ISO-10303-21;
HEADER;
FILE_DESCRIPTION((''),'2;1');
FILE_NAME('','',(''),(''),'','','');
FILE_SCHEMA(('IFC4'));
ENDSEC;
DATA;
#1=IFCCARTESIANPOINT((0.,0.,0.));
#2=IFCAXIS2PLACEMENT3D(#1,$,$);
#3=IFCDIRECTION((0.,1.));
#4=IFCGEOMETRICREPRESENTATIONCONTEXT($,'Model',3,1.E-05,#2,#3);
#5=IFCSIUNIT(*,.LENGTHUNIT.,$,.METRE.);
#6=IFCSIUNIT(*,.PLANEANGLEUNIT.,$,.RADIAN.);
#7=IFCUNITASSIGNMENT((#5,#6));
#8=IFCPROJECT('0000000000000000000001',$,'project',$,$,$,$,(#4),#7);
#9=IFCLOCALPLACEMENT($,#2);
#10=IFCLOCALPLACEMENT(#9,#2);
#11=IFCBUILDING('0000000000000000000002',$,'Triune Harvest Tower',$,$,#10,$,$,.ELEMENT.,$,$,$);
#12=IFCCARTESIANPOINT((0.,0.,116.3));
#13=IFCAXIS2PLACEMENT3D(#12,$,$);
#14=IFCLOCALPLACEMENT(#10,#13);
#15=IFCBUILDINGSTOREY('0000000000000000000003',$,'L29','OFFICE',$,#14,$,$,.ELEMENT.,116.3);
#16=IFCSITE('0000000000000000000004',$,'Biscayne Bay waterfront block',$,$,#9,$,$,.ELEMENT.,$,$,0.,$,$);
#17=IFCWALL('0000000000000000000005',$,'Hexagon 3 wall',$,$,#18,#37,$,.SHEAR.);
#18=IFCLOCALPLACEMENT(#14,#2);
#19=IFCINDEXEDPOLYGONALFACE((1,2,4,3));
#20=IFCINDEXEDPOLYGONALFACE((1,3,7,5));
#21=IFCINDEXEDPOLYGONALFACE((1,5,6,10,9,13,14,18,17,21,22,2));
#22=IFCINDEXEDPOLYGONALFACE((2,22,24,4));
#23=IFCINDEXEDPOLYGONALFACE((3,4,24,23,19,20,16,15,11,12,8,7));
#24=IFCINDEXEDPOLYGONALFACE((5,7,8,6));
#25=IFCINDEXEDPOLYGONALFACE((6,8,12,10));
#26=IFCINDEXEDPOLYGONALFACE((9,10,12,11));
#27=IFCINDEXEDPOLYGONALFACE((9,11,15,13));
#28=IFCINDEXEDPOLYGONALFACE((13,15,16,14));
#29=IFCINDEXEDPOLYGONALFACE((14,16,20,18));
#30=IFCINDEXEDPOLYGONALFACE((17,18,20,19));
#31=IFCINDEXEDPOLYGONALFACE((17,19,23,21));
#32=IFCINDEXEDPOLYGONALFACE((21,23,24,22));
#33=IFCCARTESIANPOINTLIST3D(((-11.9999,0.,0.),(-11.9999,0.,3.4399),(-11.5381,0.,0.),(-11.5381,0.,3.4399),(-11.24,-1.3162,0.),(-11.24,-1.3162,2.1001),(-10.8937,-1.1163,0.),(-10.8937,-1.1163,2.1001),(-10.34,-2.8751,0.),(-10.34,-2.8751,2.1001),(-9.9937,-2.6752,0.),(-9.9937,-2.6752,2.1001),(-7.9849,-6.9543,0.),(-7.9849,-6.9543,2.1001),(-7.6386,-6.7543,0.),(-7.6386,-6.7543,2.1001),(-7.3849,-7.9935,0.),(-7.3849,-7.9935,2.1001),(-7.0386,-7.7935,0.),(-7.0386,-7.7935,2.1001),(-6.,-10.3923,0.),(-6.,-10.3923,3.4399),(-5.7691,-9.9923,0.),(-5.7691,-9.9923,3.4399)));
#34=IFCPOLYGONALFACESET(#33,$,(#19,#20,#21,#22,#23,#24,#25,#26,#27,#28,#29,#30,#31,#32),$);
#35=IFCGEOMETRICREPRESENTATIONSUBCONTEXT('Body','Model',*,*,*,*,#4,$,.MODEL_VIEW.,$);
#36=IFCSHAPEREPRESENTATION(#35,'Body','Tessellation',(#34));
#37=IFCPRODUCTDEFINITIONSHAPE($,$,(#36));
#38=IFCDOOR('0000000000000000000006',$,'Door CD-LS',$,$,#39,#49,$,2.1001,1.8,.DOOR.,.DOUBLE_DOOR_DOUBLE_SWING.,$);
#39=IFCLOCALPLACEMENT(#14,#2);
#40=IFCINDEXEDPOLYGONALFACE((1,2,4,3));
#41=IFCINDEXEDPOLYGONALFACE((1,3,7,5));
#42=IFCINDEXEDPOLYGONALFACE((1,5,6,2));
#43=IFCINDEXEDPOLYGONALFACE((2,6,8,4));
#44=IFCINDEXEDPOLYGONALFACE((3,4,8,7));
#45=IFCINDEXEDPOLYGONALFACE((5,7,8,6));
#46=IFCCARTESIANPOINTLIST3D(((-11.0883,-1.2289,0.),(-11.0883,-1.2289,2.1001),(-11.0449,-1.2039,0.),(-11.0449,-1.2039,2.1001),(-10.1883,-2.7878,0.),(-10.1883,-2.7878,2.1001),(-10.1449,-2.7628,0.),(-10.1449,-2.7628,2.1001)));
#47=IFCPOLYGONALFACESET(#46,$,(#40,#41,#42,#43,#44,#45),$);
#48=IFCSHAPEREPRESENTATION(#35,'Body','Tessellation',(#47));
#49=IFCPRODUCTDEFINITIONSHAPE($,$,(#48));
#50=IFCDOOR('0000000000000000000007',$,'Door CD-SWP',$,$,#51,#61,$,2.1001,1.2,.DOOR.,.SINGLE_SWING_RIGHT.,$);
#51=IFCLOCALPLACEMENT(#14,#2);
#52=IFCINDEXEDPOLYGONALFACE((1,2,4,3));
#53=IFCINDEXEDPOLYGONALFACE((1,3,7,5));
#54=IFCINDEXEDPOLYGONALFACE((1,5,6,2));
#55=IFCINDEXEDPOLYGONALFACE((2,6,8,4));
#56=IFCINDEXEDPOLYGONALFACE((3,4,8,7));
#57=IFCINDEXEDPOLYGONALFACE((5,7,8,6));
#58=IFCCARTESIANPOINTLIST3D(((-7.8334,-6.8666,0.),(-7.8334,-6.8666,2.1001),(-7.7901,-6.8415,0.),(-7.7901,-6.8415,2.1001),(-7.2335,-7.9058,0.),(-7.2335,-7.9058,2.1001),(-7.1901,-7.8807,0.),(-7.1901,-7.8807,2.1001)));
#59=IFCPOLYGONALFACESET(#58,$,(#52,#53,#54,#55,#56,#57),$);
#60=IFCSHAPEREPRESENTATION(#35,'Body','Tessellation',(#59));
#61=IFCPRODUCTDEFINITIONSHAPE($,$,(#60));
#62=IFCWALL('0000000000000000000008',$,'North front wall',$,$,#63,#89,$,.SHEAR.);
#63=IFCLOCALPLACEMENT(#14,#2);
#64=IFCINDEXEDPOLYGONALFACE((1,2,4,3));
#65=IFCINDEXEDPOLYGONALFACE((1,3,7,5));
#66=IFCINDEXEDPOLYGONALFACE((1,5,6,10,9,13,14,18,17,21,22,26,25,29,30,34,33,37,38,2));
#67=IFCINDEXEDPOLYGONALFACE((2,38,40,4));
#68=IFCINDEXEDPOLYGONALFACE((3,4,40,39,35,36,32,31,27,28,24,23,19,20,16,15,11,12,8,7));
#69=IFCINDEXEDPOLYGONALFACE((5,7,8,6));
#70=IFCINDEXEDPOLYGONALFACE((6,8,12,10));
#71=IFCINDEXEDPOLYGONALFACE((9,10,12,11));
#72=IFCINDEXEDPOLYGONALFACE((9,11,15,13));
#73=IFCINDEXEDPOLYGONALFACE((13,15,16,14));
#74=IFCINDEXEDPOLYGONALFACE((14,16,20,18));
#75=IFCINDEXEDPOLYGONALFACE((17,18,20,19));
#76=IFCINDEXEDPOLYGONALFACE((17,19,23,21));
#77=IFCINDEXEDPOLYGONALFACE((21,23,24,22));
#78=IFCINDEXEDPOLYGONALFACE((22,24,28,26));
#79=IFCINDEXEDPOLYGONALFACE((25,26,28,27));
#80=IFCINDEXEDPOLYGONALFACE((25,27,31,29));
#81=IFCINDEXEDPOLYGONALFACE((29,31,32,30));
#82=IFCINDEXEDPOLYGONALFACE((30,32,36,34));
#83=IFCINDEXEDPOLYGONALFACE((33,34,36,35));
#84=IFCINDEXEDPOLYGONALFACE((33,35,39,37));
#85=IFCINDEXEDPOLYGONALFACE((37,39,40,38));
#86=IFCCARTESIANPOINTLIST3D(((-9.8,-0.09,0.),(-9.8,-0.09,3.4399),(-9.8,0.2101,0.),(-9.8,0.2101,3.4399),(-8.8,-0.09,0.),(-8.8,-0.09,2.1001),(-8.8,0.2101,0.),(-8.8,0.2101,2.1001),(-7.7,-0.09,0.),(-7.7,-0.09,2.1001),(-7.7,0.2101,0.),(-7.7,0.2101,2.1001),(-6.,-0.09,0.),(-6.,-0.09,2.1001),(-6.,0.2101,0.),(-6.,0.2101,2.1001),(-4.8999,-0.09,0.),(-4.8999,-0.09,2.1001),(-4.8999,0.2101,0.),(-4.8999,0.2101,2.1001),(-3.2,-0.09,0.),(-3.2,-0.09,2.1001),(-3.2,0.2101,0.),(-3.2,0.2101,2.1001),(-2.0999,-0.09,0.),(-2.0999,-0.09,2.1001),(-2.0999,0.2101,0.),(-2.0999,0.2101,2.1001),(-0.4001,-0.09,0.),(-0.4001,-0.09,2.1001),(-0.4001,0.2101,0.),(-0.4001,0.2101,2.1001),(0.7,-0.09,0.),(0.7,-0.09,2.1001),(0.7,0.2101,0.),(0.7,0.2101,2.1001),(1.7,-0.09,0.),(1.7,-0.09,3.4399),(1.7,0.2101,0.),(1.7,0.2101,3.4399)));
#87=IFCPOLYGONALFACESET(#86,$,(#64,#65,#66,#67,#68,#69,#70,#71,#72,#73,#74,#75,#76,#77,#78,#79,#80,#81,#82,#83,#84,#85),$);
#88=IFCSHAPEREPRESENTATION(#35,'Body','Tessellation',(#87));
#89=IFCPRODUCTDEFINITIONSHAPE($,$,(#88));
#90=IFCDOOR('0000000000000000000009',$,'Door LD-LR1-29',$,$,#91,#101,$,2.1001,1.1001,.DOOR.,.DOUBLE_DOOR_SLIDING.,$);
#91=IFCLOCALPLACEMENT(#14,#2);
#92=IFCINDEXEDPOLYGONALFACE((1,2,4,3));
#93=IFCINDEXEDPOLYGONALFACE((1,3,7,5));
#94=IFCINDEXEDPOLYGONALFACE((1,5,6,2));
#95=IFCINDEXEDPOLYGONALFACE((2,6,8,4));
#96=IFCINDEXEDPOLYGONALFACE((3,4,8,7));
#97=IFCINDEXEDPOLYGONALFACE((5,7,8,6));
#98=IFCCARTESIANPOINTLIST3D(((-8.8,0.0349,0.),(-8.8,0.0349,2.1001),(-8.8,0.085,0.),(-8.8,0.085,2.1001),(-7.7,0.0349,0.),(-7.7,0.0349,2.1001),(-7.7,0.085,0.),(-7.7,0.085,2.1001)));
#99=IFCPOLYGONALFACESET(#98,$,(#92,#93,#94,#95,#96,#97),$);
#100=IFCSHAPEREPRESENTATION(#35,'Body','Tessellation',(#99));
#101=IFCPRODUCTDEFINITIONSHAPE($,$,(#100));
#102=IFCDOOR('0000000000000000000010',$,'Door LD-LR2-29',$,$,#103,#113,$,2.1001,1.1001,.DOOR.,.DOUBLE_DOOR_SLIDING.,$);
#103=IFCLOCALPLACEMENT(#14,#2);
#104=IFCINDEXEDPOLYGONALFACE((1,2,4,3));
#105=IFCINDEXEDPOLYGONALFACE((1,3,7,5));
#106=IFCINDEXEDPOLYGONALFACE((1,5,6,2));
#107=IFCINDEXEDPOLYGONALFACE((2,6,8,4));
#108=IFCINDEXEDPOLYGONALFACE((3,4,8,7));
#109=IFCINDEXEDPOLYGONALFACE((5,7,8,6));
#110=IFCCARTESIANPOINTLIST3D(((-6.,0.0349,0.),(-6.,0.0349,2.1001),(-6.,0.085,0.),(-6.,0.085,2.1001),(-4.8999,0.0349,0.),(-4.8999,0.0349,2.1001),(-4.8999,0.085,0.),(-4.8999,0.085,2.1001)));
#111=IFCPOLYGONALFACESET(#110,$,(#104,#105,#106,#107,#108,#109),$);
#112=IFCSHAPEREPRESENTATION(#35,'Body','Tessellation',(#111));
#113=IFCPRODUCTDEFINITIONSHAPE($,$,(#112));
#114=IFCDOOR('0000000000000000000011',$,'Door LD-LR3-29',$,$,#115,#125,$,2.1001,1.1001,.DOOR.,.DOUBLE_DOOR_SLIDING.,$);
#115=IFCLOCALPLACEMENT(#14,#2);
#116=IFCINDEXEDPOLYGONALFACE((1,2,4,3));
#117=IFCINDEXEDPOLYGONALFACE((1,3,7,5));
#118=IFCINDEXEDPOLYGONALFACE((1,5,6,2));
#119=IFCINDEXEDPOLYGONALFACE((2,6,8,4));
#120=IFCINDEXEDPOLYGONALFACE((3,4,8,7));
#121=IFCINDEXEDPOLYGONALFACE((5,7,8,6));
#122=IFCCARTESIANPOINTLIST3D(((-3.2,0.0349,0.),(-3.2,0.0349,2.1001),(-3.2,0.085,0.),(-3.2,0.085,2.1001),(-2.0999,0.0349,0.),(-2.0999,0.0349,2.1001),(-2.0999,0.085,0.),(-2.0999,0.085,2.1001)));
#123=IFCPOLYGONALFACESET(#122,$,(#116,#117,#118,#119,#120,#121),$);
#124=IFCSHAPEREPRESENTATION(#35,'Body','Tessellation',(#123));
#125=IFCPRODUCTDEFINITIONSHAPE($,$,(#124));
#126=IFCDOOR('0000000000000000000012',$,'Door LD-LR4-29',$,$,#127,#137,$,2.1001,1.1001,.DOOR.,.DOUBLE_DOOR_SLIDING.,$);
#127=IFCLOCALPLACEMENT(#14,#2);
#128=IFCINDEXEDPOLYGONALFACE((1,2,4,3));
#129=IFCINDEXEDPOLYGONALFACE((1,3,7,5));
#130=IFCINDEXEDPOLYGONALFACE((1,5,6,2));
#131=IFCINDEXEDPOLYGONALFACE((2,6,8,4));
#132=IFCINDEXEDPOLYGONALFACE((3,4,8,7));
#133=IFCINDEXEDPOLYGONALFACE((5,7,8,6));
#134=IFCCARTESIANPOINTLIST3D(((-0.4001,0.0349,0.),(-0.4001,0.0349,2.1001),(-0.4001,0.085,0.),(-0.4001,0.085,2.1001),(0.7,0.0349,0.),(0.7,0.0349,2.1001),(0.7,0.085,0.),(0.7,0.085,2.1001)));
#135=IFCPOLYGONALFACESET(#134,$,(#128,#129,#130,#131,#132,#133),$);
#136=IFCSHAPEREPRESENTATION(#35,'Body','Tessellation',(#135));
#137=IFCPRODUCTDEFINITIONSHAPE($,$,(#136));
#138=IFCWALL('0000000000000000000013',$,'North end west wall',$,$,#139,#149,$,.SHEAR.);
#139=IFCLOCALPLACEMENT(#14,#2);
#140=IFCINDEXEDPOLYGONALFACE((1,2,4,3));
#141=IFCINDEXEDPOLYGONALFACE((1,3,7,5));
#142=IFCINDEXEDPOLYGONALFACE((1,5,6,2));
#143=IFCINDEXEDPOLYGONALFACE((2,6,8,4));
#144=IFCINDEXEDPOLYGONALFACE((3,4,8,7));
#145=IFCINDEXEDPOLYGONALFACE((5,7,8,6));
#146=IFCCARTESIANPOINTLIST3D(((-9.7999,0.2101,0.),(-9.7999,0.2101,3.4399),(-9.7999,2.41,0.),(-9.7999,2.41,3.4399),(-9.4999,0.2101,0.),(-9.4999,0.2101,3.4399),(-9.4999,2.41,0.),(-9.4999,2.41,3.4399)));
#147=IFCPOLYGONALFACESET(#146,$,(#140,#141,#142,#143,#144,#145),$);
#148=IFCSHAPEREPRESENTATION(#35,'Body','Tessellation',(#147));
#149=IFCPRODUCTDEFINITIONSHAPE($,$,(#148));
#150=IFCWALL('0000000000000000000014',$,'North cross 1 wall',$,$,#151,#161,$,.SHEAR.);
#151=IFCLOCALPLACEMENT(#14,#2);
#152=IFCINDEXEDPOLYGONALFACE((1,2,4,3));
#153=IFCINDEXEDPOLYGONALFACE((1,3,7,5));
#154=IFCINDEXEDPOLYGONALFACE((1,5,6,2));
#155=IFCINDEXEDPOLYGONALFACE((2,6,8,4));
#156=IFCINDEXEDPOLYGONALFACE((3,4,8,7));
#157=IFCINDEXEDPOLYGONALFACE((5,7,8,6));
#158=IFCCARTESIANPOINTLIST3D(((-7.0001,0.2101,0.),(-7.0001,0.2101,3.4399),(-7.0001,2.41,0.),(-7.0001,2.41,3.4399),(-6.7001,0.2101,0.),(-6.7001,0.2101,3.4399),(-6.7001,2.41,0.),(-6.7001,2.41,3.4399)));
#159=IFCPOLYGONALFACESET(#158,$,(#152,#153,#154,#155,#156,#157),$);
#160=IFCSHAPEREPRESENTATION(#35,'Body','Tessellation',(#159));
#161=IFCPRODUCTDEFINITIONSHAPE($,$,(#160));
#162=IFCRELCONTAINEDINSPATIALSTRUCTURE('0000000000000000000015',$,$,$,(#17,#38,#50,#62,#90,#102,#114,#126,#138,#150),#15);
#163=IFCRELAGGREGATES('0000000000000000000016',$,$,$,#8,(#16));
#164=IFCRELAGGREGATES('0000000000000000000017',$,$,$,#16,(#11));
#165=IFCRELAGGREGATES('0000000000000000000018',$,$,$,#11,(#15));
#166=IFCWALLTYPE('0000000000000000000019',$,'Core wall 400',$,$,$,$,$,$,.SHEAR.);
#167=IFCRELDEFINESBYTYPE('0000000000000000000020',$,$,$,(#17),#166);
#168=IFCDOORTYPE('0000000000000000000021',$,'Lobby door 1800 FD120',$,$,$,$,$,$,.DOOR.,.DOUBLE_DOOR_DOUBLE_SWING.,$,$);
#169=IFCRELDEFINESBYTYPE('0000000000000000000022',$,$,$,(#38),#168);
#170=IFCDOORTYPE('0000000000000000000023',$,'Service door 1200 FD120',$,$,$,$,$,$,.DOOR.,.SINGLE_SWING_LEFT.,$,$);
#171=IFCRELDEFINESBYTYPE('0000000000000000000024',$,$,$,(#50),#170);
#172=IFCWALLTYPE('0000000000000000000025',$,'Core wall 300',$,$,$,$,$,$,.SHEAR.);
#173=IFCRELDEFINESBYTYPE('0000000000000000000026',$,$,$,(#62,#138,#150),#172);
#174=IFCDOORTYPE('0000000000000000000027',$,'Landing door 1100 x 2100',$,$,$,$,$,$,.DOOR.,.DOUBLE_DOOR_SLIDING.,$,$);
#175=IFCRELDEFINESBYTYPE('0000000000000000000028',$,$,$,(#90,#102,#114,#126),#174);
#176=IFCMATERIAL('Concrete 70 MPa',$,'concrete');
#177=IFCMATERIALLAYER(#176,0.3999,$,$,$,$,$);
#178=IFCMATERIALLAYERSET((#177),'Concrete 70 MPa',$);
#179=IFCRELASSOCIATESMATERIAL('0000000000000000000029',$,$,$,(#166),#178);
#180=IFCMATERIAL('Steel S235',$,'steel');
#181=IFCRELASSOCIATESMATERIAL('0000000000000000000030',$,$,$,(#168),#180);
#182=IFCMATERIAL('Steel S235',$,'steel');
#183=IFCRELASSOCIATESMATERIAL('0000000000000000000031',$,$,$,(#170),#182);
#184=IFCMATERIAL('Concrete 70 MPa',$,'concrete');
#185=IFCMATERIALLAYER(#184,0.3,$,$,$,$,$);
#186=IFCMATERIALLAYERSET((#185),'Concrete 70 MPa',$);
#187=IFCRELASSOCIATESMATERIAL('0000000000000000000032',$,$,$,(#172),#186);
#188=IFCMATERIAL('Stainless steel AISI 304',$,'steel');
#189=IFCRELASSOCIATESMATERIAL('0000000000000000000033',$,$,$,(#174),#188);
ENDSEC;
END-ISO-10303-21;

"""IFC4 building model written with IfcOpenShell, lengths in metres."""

from ifc_helpers import new_model, si_unit, direction, frame, frame_2d, origin, place, context, subcontext, project, spatial, polyline, rectangle, outline, extrude, source, transform, mapped, material, layer, layer_set, type_object, element, fill, save


model = new_model("IFC4")

# Units and contexts
model_context = context("Model", 3, precision=1e-05, world=origin(), true_north=direction((0.0, 1.0)))
body_context = subcontext(model_context, "Body", "Model", "MODEL_VIEW")
ifc_project = project(units=[si_unit("LENGTHUNIT", "METRE"), si_unit("PLANEANGLEUNIT", "RADIAN")], contexts=[model_context])

# Site, building, storey
site_placement = place(None, origin())
site = spatial("IfcSite", under=ifc_project, at=site_placement, Name="Biscayne Bay waterfront block", CompositionType="ELEMENT", RefElevation=0.0)
building_placement = place(site_placement, origin())
building = spatial("IfcBuilding", under=site, at=building_placement, Name="Triune Harvest Tower", CompositionType="ELEMENT")
storey_placement = place(building_placement, frame((0.0, 0.0, 116.3)))
storey = spatial("IfcBuildingStorey", under=building, at=storey_placement, Name="L29", Description="OFFICE", CompositionType="ELEMENT", Elevation=116.3)

# Walls, openings, doors
ifc_material_1 = material(Name="Concrete 70 MPa", Category="concrete")
ifc_layer_1 = layer(ifc_material_1, 0.3999)
ifc_layer_set_1 = layer_set([ifc_layer_1], Name="Concrete 70 MPa")
wall_type_1 = type_object("IfcWallType", Name="Core wall 400", PredefinedType="SHEAR", material=ifc_layer_set_1)
shared_shape_1 = source(origin(), body_context, "Body", "SweptSolid", [
    extrude(outline(polyline([(-0.1155, -0.2), (11.8845, -0.2), (11.6536, 0.2), (0.1155, 0.2), (-0.1155, -0.2)])), origin(), (0.0, 0.0, 1.0), 3.4399),
])
wall_1_placement = place(storey_placement, frame((-11.769, 0.0, 0.0), z_axis=(0.0, 0.0, 1.0), x_axis=(0.499997, -0.866027, 0.0)))
wall_1 = element("IfcWall", 1, at=wall_1_placement, inside=storey, type_object=wall_type_1, Name="Hexagon 3 wall", PredefinedType="SHEAR", context=body_context, shape_type="MappedRepresentation", body=[
    mapped(shared_shape_1, transform((0.0, 0.0, 0.0), scale=1.0)),
])
opening_1_placement = place(wall_1_placement, frame((1.4045, 0.0, 0.0)))
opening_1 = element("IfcOpeningElement", 2, at=opening_1_placement, cuts=wall_1, PredefinedType="OPENING", context=body_context, shape_type="SweptSolid", body=[
    extrude(rectangle(XDim=1.8, YDim=2.1001, at=frame_2d((0.8999, 1.05))), frame((0.0, 0.21, 0.0), z_axis=(0.0, -1.0, 0.0), x_axis=(1.0, 0.0, 0.0)), (0.0, 0.0, 1.0), 0.4199),
])
opening_2_placement = place(wall_1_placement, frame((7.9146, 0.0, 0.0)))
opening_2 = element("IfcOpeningElement", 3, at=opening_2_placement, cuts=wall_1, PredefinedType="OPENING", context=body_context, shape_type="SweptSolid", body=[
    extrude(rectangle(XDim=1.2, YDim=2.1001, at=frame_2d((0.6001, 1.05))), frame((0.0, 0.21, 0.0), z_axis=(0.0, -1.0, 0.0), x_axis=(1.0, 0.0, 0.0)), (0.0, 0.0, 1.0), 0.4199),
])
ifc_material_2 = material(Name="Steel S235", Category="steel")
door_type_1 = type_object("IfcDoorType", Name="Lobby door 1800 FD120", OperationType="DOUBLE_DOOR_DOUBLE_SWING", PredefinedType="DOOR", material=ifc_material_2)
door_1_placement = place(opening_1_placement, frame((1.8, 0.0, 0.0), z_axis=(0.0, 0.0, 1.0), x_axis=(-1.0, 0.0, 0.0)))
door_1 = element("IfcDoor", 4, at=door_1_placement, inside=storey, type_object=door_type_1, Name="Door CD-LS", OperationType="DOUBLE_DOOR_DOUBLE_SWING", OverallHeight=2.1001, OverallWidth=1.8, PredefinedType="DOOR", context=body_context, shape_type="SweptSolid", body=[
    extrude(rectangle(XDim=1.8, YDim=2.1001, at=frame_2d((0.8999, 1.05))), frame((0.0, 0.0249, 0.0), z_axis=(0.0, -1.0, 0.0), x_axis=(1.0, 0.0, 0.0)), (0.0, 0.0, 1.0), 0.05),
])
fill(opening_1, door_1)
ifc_material_3 = material(Name="Steel S235", Category="steel")
door_type_2 = type_object("IfcDoorType", Name="Service door 1200 FD120", OperationType="SINGLE_SWING_LEFT", PredefinedType="DOOR", material=ifc_material_3)
door_2_placement = place(opening_2_placement, frame((1.2, 0.0, 0.0), z_axis=(0.0, 0.0, 1.0), x_axis=(-1.0, 0.0, 0.0)))
door_2 = element("IfcDoor", 5, at=door_2_placement, inside=storey, type_object=door_type_2, Name="Door CD-SWP", OperationType="SINGLE_SWING_RIGHT", OverallHeight=2.1001, OverallWidth=1.2, PredefinedType="DOOR", context=body_context, shape_type="SweptSolid", body=[
    extrude(rectangle(XDim=1.2, YDim=2.1001, at=frame_2d((0.6001, 1.05))), frame((0.0, 0.0249, 0.0), z_axis=(0.0, -1.0, 0.0), x_axis=(1.0, 0.0, 0.0)), (0.0, 0.0, 1.0), 0.05),
])
fill(opening_2, door_2)
ifc_material_4 = material(Name="Concrete 70 MPa", Category="concrete")
ifc_layer_2 = layer(ifc_material_4, 0.3)
ifc_layer_set_2 = layer_set([ifc_layer_2], Name="Concrete 70 MPa")
wall_type_2 = type_object("IfcWallType", Name="Core wall 300", PredefinedType="SHEAR", material=ifc_layer_set_2)
shared_shape_2 = source(origin(), body_context, "Body", "SweptSolid", [
    extrude(rectangle(XDim=11.5, YDim=0.3, at=frame_2d((5.75, 0.0))), origin(), (0.0, 0.0, 1.0), 3.4399),
])
wall_2_placement = place(storey_placement, frame((-9.8, 0.0601, 0.0), z_axis=(0.0, 0.0, 1.0), x_axis=(1.0, 0.0, 0.0)))
wall_2 = element("IfcWall", 6, at=wall_2_placement, inside=storey, type_object=wall_type_2, Name="North front wall", PredefinedType="SHEAR", context=body_context, shape_type="MappedRepresentation", body=[
    mapped(shared_shape_2, transform((0.0, 0.0, 0.0), scale=1.0)),
])
opening_3_placement = place(wall_2_placement, frame((1.0, 0.0, 0.0)))
opening_3 = element("IfcOpeningElement", 7, at=opening_3_placement, cuts=wall_2, PredefinedType="OPENING", context=body_context, shape_type="SweptSolid", body=[
    extrude(rectangle(XDim=1.1001, YDim=2.1001, at=frame_2d((0.55, 1.05))), frame((0.0, 0.1602, 0.0), z_axis=(0.0, -1.0, 0.0), x_axis=(1.0, 0.0, 0.0)), (0.0, 0.0, 1.0), 0.3201),
])
opening_4_placement = place(wall_2_placement, frame((3.8, 0.0, 0.0)))
opening_4 = element("IfcOpeningElement", 8, at=opening_4_placement, cuts=wall_2, PredefinedType="OPENING", context=body_context, shape_type="SweptSolid", body=[
    extrude(rectangle(XDim=1.1001, YDim=2.1001, at=frame_2d((0.55, 1.05))), frame((0.0, 0.1602, 0.0), z_axis=(0.0, -1.0, 0.0), x_axis=(1.0, 0.0, 0.0)), (0.0, 0.0, 1.0), 0.3201),
])
opening_5_placement = place(wall_2_placement, frame((6.6001, 0.0, 0.0)))
opening_5 = element("IfcOpeningElement", 9, at=opening_5_placement, cuts=wall_2, PredefinedType="OPENING", context=body_context, shape_type="SweptSolid", body=[
    extrude(rectangle(XDim=1.1001, YDim=2.1001, at=frame_2d((0.55, 1.05))), frame((0.0, 0.1602, 0.0), z_axis=(0.0, -1.0, 0.0), x_axis=(1.0, 0.0, 0.0)), (0.0, 0.0, 1.0), 0.3201),
])
opening_6_placement = place(wall_2_placement, frame((9.3999, 0.0, 0.0)))
opening_6 = element("IfcOpeningElement", 10, at=opening_6_placement, cuts=wall_2, PredefinedType="OPENING", context=body_context, shape_type="SweptSolid", body=[
    extrude(rectangle(XDim=1.1001, YDim=2.1001, at=frame_2d((0.55, 1.05))), frame((0.0, 0.1602, 0.0), z_axis=(0.0, -1.0, 0.0), x_axis=(1.0, 0.0, 0.0)), (0.0, 0.0, 1.0), 0.3201),
])
ifc_material_5 = material(Name="Stainless steel AISI 304", Category="steel")
door_type_3 = type_object("IfcDoorType", Name="Landing door 1100 x 2100", OperationType="DOUBLE_DOOR_SLIDING", PredefinedType="DOOR", material=ifc_material_5)
door_3_placement = place(opening_3_placement, origin())
door_3 = element("IfcDoor", 11, at=door_3_placement, inside=storey, type_object=door_type_3, Name="Door LD-LR1-29", OperationType="DOUBLE_DOOR_SLIDING", OverallHeight=2.1001, OverallWidth=1.1001, PredefinedType="DOOR", context=body_context, shape_type="SweptSolid", body=[
    extrude(rectangle(XDim=1.1001, YDim=2.1001, at=frame_2d((0.55, 1.05))), frame((0.0, 0.0249, 0.0), z_axis=(0.0, -1.0, 0.0), x_axis=(1.0, 0.0, 0.0)), (0.0, 0.0, 1.0), 0.05),
])
fill(opening_3, door_3)
door_4_placement = place(opening_4_placement, origin())
door_4 = element("IfcDoor", 12, at=door_4_placement, inside=storey, type_object=door_type_3, Name="Door LD-LR2-29", OperationType="DOUBLE_DOOR_SLIDING", OverallHeight=2.1001, OverallWidth=1.1001, PredefinedType="DOOR", context=body_context, shape_type="SweptSolid", body=[
    extrude(rectangle(XDim=1.1001, YDim=2.1001, at=frame_2d((0.55, 1.05))), frame((0.0, 0.0249, 0.0), z_axis=(0.0, -1.0, 0.0), x_axis=(1.0, 0.0, 0.0)), (0.0, 0.0, 1.0), 0.05),
])
fill(opening_4, door_4)
door_5_placement = place(opening_5_placement, origin())
door_5 = element("IfcDoor", 13, at=door_5_placement, inside=storey, type_object=door_type_3, Name="Door LD-LR3-29", OperationType="DOUBLE_DOOR_SLIDING", OverallHeight=2.1001, OverallWidth=1.1001, PredefinedType="DOOR", context=body_context, shape_type="SweptSolid", body=[
    extrude(rectangle(XDim=1.1001, YDim=2.1001, at=frame_2d((0.55, 1.05))), frame((0.0, 0.0249, 0.0), z_axis=(0.0, -1.0, 0.0), x_axis=(1.0, 0.0, 0.0)), (0.0, 0.0, 1.0), 0.05),
])
fill(opening_5, door_5)
door_6_placement = place(opening_6_placement, origin())
door_6 = element("IfcDoor", 14, at=door_6_placement, inside=storey, type_object=door_type_3, Name="Door LD-LR4-29", OperationType="DOUBLE_DOOR_SLIDING", OverallHeight=2.1001, OverallWidth=1.1001, PredefinedType="DOOR", context=body_context, shape_type="SweptSolid", body=[
    extrude(rectangle(XDim=1.1001, YDim=2.1001, at=frame_2d((0.55, 1.05))), frame((0.0, 0.0249, 0.0), z_axis=(0.0, -1.0, 0.0), x_axis=(1.0, 0.0, 0.0)), (0.0, 0.0, 1.0), 0.05),
])
fill(opening_6, door_6)

# Walls
shared_shape_3 = source(origin(), body_context, "Body", "SweptSolid", [
    extrude(rectangle(XDim=2.2, YDim=0.3, at=frame_2d((1.1001, 0.0))), origin(), (0.0, 0.0, 1.0), 3.4399),
])
for number, where, z_axis, x_axis, name in (
    (15, (-9.6499, 0.21, 0.0), (0.0, 0.0, 1.0), (0.0, 1.0, 0.0), "North end west wall"),
    (16, (-6.8501, 0.21, 0.0), (0.0, 0.0, 1.0), (0.0, 1.0, 0.0), "North cross 1 wall"),
):
    element("IfcWall", number, at=place(storey_placement, frame(where, z_axis=z_axis, x_axis=x_axis)), inside=storey, type_object=wall_type_2, Name=name, PredefinedType="SHEAR", context=body_context, shape_type="MappedRepresentation", body=[
        mapped(shared_shape_3, transform((0.0, 0.0, 0.0), scale=1.0)),
    ])

save(model, "model.ifc")
